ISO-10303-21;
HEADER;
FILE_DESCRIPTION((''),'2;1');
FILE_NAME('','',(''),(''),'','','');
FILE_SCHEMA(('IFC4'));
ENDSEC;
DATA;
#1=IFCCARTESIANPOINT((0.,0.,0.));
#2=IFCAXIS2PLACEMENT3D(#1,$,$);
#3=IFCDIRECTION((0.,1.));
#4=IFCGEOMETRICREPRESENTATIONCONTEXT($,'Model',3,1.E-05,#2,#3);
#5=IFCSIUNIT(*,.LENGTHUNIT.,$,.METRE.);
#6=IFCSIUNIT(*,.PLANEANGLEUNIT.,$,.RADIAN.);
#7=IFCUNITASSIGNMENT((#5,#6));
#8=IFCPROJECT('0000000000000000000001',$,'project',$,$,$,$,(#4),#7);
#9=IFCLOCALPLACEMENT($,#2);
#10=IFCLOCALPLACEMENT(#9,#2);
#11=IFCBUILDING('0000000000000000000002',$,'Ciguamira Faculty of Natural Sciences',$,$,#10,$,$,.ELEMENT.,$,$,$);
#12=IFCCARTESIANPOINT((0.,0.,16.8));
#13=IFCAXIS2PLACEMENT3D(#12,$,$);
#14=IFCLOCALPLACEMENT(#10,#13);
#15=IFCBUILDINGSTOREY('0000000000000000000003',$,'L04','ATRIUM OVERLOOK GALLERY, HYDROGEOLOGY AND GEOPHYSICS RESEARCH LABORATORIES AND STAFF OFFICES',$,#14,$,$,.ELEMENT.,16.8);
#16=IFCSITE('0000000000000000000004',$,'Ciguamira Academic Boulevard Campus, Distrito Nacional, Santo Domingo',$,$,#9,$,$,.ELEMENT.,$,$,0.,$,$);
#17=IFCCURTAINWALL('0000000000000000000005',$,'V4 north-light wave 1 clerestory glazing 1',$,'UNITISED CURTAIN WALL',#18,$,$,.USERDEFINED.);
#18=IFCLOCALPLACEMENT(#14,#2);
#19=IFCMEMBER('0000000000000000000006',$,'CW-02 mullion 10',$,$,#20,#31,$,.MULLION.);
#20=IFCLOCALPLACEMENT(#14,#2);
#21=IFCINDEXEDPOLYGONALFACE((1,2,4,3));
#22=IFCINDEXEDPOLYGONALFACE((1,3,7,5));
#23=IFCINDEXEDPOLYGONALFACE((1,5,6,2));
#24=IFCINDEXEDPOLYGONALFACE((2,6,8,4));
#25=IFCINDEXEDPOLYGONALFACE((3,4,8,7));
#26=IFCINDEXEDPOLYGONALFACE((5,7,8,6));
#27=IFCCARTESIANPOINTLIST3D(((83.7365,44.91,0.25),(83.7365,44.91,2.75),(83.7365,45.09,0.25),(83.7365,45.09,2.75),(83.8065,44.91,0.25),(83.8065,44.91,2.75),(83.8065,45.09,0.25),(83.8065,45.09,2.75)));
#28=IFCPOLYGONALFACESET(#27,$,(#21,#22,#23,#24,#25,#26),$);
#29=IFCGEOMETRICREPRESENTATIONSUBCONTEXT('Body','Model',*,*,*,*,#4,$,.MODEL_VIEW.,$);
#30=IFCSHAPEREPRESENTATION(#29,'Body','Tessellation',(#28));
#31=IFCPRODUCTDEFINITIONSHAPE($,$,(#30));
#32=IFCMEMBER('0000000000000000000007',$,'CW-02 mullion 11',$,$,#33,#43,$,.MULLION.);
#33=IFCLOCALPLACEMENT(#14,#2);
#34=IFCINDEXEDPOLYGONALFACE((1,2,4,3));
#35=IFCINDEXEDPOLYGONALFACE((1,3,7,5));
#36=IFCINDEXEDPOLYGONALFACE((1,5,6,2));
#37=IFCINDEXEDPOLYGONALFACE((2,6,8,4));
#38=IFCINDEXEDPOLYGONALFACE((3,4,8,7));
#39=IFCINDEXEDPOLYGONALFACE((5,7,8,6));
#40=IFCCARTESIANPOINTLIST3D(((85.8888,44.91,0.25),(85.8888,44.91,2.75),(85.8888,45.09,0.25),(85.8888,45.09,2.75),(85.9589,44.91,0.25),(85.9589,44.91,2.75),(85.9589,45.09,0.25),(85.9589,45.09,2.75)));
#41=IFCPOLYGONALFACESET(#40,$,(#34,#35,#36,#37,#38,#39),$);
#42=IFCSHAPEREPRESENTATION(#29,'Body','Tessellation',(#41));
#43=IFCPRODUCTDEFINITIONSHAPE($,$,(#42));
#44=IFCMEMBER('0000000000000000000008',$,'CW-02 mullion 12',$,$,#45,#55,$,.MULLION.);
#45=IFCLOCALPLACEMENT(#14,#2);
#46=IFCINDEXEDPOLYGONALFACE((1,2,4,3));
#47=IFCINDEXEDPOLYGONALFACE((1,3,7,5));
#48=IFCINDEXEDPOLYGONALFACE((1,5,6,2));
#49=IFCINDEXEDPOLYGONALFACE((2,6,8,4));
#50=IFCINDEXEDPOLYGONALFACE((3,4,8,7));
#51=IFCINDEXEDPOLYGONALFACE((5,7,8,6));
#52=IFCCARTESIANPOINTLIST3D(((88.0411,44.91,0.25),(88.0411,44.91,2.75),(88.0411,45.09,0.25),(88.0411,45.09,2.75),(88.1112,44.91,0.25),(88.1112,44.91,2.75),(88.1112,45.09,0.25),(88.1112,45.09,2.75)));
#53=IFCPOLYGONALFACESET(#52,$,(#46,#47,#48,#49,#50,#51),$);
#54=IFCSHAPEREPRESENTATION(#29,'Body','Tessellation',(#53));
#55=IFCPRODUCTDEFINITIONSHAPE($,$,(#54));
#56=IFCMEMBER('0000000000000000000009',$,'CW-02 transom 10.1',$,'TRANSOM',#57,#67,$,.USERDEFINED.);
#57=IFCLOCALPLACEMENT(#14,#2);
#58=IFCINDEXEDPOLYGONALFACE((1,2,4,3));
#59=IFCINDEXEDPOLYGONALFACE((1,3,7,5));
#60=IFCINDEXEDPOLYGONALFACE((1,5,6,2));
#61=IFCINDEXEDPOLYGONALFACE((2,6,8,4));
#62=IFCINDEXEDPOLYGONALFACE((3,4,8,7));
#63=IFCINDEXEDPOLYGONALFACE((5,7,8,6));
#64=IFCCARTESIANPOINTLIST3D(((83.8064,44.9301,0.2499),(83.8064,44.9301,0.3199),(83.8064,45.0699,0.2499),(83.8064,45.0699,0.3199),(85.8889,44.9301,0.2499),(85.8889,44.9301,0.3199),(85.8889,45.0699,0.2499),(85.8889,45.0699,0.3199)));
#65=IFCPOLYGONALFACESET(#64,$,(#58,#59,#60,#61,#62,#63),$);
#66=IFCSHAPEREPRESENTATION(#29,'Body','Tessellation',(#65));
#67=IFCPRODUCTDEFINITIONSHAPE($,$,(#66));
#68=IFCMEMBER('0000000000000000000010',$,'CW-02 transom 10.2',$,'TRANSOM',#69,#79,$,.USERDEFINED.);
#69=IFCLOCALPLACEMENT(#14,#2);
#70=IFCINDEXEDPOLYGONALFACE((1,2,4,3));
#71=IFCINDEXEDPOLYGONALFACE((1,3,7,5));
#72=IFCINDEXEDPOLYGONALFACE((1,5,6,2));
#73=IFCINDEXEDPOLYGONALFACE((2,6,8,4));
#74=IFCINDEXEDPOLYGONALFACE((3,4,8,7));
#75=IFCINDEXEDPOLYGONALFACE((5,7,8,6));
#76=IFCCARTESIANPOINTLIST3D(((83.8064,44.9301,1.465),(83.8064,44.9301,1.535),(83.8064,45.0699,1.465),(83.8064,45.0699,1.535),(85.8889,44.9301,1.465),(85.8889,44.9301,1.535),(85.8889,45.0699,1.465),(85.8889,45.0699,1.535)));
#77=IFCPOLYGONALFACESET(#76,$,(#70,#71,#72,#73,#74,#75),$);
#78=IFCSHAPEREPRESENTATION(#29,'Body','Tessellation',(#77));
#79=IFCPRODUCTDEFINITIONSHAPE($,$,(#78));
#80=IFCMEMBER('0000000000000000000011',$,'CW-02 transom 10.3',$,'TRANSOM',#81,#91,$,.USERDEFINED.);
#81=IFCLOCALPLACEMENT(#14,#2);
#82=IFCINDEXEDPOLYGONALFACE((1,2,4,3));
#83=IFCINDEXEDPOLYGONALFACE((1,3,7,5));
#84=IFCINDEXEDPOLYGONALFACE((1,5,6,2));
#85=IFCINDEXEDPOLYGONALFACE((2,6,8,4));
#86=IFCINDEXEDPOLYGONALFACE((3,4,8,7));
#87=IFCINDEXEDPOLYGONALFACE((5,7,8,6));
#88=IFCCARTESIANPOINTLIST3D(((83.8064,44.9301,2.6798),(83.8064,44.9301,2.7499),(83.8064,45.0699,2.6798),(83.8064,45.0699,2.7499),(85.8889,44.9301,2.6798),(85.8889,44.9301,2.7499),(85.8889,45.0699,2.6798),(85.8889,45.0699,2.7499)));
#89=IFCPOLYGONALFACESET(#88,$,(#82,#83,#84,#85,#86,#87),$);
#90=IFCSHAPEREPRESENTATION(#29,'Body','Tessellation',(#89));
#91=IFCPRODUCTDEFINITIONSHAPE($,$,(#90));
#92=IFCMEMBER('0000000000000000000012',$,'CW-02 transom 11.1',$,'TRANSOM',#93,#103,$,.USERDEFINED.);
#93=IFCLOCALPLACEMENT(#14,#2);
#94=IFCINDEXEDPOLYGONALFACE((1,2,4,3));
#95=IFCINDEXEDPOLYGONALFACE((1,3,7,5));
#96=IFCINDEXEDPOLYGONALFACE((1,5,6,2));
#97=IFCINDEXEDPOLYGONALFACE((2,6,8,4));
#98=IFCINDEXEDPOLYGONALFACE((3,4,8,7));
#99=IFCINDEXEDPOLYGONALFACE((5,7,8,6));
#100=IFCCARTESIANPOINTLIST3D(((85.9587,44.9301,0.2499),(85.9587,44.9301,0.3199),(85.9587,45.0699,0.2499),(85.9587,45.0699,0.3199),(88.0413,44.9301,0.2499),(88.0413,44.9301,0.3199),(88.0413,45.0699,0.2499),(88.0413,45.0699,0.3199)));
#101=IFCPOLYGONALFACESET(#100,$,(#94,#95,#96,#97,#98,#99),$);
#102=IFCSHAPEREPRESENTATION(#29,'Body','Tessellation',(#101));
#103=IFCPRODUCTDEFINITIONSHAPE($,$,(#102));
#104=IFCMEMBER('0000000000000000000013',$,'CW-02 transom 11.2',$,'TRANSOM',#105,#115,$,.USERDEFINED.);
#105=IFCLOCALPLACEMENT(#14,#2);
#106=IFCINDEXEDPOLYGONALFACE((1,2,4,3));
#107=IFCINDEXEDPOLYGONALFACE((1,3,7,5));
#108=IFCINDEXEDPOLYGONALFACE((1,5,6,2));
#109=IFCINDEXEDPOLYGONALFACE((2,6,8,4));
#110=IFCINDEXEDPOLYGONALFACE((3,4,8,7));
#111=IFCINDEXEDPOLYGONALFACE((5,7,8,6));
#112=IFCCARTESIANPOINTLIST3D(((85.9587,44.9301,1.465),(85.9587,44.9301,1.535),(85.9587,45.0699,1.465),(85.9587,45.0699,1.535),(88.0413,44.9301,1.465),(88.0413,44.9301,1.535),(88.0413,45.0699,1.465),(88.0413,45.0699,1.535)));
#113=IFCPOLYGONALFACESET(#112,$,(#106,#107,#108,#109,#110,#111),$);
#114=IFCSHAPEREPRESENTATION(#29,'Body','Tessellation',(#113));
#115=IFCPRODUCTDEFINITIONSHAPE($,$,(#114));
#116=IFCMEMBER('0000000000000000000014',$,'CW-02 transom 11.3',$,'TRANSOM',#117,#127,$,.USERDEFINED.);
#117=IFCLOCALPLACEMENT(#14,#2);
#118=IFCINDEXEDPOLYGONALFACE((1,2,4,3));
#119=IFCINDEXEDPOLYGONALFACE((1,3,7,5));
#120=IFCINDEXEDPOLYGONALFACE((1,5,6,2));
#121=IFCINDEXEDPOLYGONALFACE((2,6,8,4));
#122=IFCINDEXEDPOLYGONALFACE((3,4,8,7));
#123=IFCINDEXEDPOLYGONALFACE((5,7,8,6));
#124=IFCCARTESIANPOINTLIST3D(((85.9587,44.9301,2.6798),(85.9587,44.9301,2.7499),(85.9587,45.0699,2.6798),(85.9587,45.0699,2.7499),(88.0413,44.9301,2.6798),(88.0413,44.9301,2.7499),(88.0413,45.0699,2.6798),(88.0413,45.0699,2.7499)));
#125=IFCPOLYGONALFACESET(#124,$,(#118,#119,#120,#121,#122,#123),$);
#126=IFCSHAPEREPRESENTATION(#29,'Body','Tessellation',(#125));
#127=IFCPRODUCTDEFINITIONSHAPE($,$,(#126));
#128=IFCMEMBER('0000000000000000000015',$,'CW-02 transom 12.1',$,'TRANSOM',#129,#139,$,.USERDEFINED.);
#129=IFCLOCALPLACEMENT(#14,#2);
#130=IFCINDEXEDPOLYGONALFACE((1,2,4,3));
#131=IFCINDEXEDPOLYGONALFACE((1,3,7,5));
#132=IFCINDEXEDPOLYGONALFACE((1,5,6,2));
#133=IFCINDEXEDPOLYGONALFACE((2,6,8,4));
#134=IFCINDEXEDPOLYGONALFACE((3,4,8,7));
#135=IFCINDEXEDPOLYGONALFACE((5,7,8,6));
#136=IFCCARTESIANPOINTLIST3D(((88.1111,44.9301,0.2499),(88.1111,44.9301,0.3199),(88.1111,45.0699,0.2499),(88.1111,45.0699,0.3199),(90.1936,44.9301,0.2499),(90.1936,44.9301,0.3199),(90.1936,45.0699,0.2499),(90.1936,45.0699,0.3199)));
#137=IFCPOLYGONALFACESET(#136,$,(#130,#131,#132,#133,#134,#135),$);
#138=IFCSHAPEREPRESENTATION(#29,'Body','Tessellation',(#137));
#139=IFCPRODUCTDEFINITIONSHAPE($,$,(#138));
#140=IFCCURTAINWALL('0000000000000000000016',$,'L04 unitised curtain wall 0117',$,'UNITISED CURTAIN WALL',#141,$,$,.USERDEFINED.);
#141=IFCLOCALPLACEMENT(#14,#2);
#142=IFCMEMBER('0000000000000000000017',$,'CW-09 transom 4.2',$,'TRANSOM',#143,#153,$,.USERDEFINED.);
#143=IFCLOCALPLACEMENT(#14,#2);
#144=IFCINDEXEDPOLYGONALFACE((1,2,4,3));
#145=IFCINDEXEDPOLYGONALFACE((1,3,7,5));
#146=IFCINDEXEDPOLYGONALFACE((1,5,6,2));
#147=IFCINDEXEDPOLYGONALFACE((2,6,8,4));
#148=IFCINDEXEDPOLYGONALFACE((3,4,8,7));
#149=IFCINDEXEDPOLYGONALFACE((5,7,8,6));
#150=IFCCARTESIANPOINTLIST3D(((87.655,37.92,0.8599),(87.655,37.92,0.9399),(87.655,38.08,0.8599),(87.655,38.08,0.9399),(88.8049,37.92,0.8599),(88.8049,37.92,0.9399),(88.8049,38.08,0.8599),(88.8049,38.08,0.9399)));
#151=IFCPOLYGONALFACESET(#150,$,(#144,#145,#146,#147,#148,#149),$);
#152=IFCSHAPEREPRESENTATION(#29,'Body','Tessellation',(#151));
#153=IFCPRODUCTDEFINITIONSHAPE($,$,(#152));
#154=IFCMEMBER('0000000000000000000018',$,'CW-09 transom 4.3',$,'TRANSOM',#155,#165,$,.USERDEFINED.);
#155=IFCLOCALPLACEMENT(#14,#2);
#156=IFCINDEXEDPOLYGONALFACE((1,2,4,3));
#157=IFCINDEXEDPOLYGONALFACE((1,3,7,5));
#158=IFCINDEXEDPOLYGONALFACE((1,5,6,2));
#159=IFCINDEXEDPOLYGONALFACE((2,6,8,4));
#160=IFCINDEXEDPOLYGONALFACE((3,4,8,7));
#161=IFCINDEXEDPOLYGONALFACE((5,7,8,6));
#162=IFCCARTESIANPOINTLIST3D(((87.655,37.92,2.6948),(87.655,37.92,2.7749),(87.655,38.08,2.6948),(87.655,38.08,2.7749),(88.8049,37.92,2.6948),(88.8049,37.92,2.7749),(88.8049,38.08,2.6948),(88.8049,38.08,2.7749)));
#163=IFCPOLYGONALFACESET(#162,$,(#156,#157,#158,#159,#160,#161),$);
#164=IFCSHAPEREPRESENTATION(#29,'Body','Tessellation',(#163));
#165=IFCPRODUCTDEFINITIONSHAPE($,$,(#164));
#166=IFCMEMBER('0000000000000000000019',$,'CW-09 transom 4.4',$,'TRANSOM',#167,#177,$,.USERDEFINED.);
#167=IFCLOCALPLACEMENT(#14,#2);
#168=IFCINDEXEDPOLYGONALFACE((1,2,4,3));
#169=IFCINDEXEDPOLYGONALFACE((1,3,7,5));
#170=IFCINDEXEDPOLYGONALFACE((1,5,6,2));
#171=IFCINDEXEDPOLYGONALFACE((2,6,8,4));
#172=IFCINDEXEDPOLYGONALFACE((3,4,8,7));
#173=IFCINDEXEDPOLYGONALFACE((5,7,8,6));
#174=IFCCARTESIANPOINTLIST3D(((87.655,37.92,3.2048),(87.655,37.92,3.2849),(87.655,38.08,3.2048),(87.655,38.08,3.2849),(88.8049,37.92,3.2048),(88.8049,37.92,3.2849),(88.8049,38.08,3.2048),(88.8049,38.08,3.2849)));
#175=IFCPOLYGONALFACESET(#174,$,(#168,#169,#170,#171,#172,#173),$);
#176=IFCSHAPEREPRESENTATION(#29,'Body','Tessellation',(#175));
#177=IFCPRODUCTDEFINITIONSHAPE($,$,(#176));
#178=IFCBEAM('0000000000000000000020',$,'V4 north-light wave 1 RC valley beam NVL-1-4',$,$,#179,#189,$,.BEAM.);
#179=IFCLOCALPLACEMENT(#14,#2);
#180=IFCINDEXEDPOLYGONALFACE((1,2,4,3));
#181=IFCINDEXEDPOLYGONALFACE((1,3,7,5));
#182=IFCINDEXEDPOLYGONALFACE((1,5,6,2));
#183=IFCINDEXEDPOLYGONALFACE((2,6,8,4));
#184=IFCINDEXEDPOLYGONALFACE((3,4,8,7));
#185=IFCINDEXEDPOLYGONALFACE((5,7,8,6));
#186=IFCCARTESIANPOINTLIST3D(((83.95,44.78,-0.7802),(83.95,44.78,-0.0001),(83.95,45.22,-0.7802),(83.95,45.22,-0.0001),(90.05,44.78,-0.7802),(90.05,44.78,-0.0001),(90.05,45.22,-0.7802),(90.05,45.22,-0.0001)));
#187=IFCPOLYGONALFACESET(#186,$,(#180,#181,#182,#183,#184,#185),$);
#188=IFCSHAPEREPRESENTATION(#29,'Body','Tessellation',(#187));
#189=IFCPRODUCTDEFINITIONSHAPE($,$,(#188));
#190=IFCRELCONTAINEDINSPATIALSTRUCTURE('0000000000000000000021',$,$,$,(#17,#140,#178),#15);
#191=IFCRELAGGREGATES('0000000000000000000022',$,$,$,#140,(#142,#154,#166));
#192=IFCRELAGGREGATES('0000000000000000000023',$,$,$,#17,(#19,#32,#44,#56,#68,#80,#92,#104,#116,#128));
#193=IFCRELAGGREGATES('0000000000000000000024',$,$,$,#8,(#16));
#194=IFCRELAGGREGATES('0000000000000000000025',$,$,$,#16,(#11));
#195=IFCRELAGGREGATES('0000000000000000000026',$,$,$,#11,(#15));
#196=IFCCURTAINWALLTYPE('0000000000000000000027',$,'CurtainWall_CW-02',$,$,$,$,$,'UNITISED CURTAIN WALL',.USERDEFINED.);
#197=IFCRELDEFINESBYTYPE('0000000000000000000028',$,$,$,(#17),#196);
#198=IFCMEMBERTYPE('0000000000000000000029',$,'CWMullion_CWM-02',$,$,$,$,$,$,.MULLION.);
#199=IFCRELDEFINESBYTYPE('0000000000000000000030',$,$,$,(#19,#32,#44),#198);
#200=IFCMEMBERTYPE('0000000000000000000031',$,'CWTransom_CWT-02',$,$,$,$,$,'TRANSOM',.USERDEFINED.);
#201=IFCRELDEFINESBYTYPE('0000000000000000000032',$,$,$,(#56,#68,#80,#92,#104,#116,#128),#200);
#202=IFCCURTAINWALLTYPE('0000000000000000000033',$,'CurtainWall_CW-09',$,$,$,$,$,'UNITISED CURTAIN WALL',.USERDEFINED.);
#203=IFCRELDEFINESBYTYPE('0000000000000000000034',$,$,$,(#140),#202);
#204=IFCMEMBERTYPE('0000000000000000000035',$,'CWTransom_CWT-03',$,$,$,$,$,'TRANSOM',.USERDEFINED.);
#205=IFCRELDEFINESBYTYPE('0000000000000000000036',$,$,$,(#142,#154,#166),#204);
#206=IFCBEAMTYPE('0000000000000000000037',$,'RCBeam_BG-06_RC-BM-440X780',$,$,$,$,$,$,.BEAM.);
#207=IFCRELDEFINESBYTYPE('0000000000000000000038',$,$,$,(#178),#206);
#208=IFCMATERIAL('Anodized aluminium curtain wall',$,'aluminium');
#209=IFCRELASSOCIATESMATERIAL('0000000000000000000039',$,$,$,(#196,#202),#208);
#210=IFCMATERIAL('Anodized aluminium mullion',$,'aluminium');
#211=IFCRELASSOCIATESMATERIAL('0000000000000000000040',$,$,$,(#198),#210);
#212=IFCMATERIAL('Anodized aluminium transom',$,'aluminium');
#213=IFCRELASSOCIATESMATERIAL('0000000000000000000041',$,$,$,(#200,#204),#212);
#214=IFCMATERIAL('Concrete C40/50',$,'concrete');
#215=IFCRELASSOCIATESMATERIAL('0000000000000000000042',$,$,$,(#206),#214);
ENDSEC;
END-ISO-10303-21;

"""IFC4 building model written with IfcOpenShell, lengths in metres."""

from ifc_helpers import new_model, si_unit, direction, frame, origin, origin_2d, place, context, subcontext, project, spatial, rectangle, extrude, material, material_profile, profile_set, type_object, element, aggregate, save


model = new_model("IFC4")

# Units and contexts
model_context = context("Model", 3, precision=1e-05, world=origin(), true_north=direction((0.0, 1.0)))
body_context = subcontext(model_context, "Body", "Model", "MODEL_VIEW")
ifc_project = project(units=[si_unit("LENGTHUNIT", "METRE"), si_unit("PLANEANGLEUNIT", "RADIAN")], contexts=[model_context])

# Site, building, storey
site_placement = place(None, origin())
site = spatial("IfcSite", under=ifc_project, at=site_placement, Name="Ciguamira Academic Boulevard Campus, Distrito Nacional, Santo Domingo", CompositionType="ELEMENT", RefElevation=0.0)
building_placement = place(site_placement, origin())
building = spatial("IfcBuilding", under=site, at=building_placement, Name="Ciguamira Faculty of Natural Sciences", CompositionType="ELEMENT")
storey_placement = place(building_placement, frame((0.0, 0.0, 16.8)))
storey = spatial("IfcBuildingStorey", under=building, at=storey_placement, Name="L04", Description="ATRIUM OVERLOOK GALLERY, HYDROGEOLOGY AND GEOPHYSICS RESEARCH LABORATORIES AND STAFF OFFICES", CompositionType="ELEMENT", Elevation=16.8)

# Curtain walls, members
ifc_material_1 = material(Name="Anodized aluminium curtain wall", Category="aluminium")
curtain_wall_type_1 = type_object("IfcCurtainWallType", Name="CurtainWall_CW-02", ElementType="UNITISED CURTAIN WALL", PredefinedType="USERDEFINED", material=ifc_material_1)
curtain_wall_1_placement = place(storey_placement, origin())
curtain_wall_1 = element("IfcCurtainWall", 1, at=curtain_wall_1_placement, inside=storey, type_object=curtain_wall_type_1, Name="V4 north-light wave 1 clerestory glazing 1", ObjectType="UNITISED CURTAIN WALL", PredefinedType="USERDEFINED")
ifc_material_2 = material(Name="Anodized aluminium mullion", Category="aluminium")
ifc_material_profile_1 = material_profile(ifc_material_2, rectangle(XDim=0.0701, YDim=0.1799, at=origin_2d()), Name="ALU-MUL-70X180")
ifc_profile_set_1 = profile_set([ifc_material_profile_1], Name="Anodized aluminium mullion")
member_type_1 = type_object("IfcMemberType", Name="CWMullion_CWM-02", PredefinedType="MULLION", material=ifc_profile_set_1)
member_1_placement = place(storey_placement, frame((83.7715, 45.0, 0.25), z_axis=(0.0, 0.0, 1.0), x_axis=(1.0, 0.0, 0.0)))
member_1 = element("IfcMember", 2, at=member_1_placement, type_object=member_type_1, Name="CW-02 mullion 10", PredefinedType="MULLION", context=body_context, shape_type="SweptSolid", body=[
    extrude(rectangle(XDim=0.0701, YDim=0.1799, at=origin_2d()), origin(), (0.0, 0.0, 1.0), 2.5),
])
member_2_placement = place(storey_placement, frame((85.9238, 45.0, 0.25), z_axis=(0.0, 0.0, 1.0), x_axis=(1.0, 0.0, 0.0)))
member_2 = element("IfcMember", 3, at=member_2_placement, type_object=member_type_1, Name="CW-02 mullion 11", PredefinedType="MULLION", context=body_context, shape_type="SweptSolid", body=[
    extrude(rectangle(XDim=0.0701, YDim=0.1799, at=origin_2d()), origin(), (0.0, 0.0, 1.0), 2.5),
])
member_3_placement = place(storey_placement, frame((88.0762, 45.0, 0.25), z_axis=(0.0, 0.0, 1.0), x_axis=(1.0, 0.0, 0.0)))
member_3 = element("IfcMember", 4, at=member_3_placement, type_object=member_type_1, Name="CW-02 mullion 12", PredefinedType="MULLION", context=body_context, shape_type="SweptSolid", body=[
    extrude(rectangle(XDim=0.0701, YDim=0.1799, at=origin_2d()), origin(), (0.0, 0.0, 1.0), 2.5),
])
ifc_material_3 = material(Name="Anodized aluminium transom", Category="aluminium")
ifc_material_profile_2 = material_profile(ifc_material_3, rectangle(XDim=0.0701, YDim=0.1399, at=origin_2d()), Name="ALU-TRN-70X140")
ifc_profile_set_2 = profile_set([ifc_material_profile_2], Name="Anodized aluminium transom")
member_type_2 = type_object("IfcMemberType", Name="CWTransom_CWT-02", ElementType="TRANSOM", PredefinedType="USERDEFINED", material=ifc_profile_set_2)
member_4_placement = place(storey_placement, frame((83.8064, 45.0, 0.2849), z_axis=(1.0, 0.0, 0.0), x_axis=(0.0, 0.0, 1.0)))
member_4 = element("IfcMember", 5, at=member_4_placement, type_object=member_type_2, Name="CW-02 transom 10.1", ObjectType="TRANSOM", PredefinedType="USERDEFINED", context=body_context, shape_type="SweptSolid", body=[
    extrude(rectangle(XDim=0.0701, YDim=0.1399, at=origin_2d()), origin(), (0.0, 0.0, 1.0), 2.0825),
])
member_5_placement = place(storey_placement, frame((83.8064, 45.0, 1.5), z_axis=(1.0, 0.0, 0.0), x_axis=(0.0, 0.0, 1.0)))
member_5 = element("IfcMember", 6, at=member_5_placement, type_object=member_type_2, Name="CW-02 transom 10.2", ObjectType="TRANSOM", PredefinedType="USERDEFINED", context=body_context, shape_type="SweptSolid", body=[
    extrude(rectangle(XDim=0.0701, YDim=0.1399, at=origin_2d()), origin(), (0.0, 0.0, 1.0), 2.0825),
])
member_6_placement = place(storey_placement, frame((83.8064, 45.0, 2.7148), z_axis=(1.0, 0.0, 0.0), x_axis=(0.0, 0.0, 1.0)))
member_6 = element("IfcMember", 7, at=member_6_placement, type_object=member_type_2, Name="CW-02 transom 10.3", ObjectType="TRANSOM", PredefinedType="USERDEFINED", context=body_context, shape_type="SweptSolid", body=[
    extrude(rectangle(XDim=0.0701, YDim=0.1399, at=origin_2d()), origin(), (0.0, 0.0, 1.0), 2.0825),
])
member_7_placement = place(storey_placement, frame((85.9587, 45.0, 0.2849), z_axis=(1.0, 0.0, 0.0), x_axis=(0.0, 0.0, 1.0)))
member_7 = element("IfcMember", 8, at=member_7_placement, type_object=member_type_2, Name="CW-02 transom 11.1", ObjectType="TRANSOM", PredefinedType="USERDEFINED", context=body_context, shape_type="SweptSolid", body=[
    extrude(rectangle(XDim=0.0701, YDim=0.1399, at=origin_2d()), origin(), (0.0, 0.0, 1.0), 2.0825),
])
member_8_placement = place(storey_placement, frame((85.9587, 45.0, 1.5), z_axis=(1.0, 0.0, 0.0), x_axis=(0.0, 0.0, 1.0)))
member_8 = element("IfcMember", 9, at=member_8_placement, type_object=member_type_2, Name="CW-02 transom 11.2", ObjectType="TRANSOM", PredefinedType="USERDEFINED", context=body_context, shape_type="SweptSolid", body=[
    extrude(rectangle(XDim=0.0701, YDim=0.1399, at=origin_2d()), origin(), (0.0, 0.0, 1.0), 2.0825),
])
member_9_placement = place(storey_placement, frame((85.9587, 45.0, 2.7148), z_axis=(1.0, 0.0, 0.0), x_axis=(0.0, 0.0, 1.0)))
member_9 = element("IfcMember", 10, at=member_9_placement, type_object=member_type_2, Name="CW-02 transom 11.3", ObjectType="TRANSOM", PredefinedType="USERDEFINED", context=body_context, shape_type="SweptSolid", body=[
    extrude(rectangle(XDim=0.0701, YDim=0.1399, at=origin_2d()), origin(), (0.0, 0.0, 1.0), 2.0825),
])
member_10_placement = place(storey_placement, frame((88.1111, 45.0, 0.2849), z_axis=(1.0, 0.0, 0.0), x_axis=(0.0, 0.0, 1.0)))
member_10 = element("IfcMember", 11, at=member_10_placement, type_object=member_type_2, Name="CW-02 transom 12.1", ObjectType="TRANSOM", PredefinedType="USERDEFINED", context=body_context, shape_type="SweptSolid", body=[
    extrude(rectangle(XDim=0.0701, YDim=0.1399, at=origin_2d()), origin(), (0.0, 0.0, 1.0), 2.0825),
])
curtain_wall_type_2 = type_object("IfcCurtainWallType", Name="CurtainWall_CW-09", ElementType="UNITISED CURTAIN WALL", PredefinedType="USERDEFINED", material=ifc_material_1)
curtain_wall_2_placement = place(storey_placement, origin())
curtain_wall_2 = element("IfcCurtainWall", 12, at=curtain_wall_2_placement, inside=storey, type_object=curtain_wall_type_2, Name="L04 unitised curtain wall 0117", ObjectType="UNITISED CURTAIN WALL", PredefinedType="USERDEFINED")
ifc_material_profile_3 = material_profile(ifc_material_3, rectangle(XDim=0.0801, YDim=0.1599, at=origin_2d()), Name="ALU-TRN-80X160")
ifc_profile_set_3 = profile_set([ifc_material_profile_3], Name="Anodized aluminium transom")
member_type_3 = type_object("IfcMemberType", Name="CWTransom_CWT-03", ElementType="TRANSOM", PredefinedType="USERDEFINED", material=ifc_profile_set_3)
member_11_placement = place(storey_placement, frame((87.655, 38.0, 0.8999), z_axis=(1.0, 0.0, 0.0), x_axis=(0.0, 0.0, 1.0)))
member_11 = element("IfcMember", 13, at=member_11_placement, type_object=member_type_3, Name="CW-09 transom 4.2", ObjectType="TRANSOM", PredefinedType="USERDEFINED", context=body_context, shape_type="SweptSolid", body=[
    extrude(rectangle(XDim=0.0801, YDim=0.1599, at=origin_2d()), origin(), (0.0, 0.0, 1.0), 1.1499),
])
member_12_placement = place(storey_placement, frame((87.655, 38.0, 2.7349), z_axis=(1.0, 0.0, 0.0), x_axis=(0.0, 0.0, 1.0)))
member_12 = element("IfcMember", 14, at=member_12_placement, type_object=member_type_3, Name="CW-09 transom 4.3", ObjectType="TRANSOM", PredefinedType="USERDEFINED", context=body_context, shape_type="SweptSolid", body=[
    extrude(rectangle(XDim=0.0801, YDim=0.1599, at=origin_2d()), origin(), (0.0, 0.0, 1.0), 1.1499),
])
member_13_placement = place(storey_placement, frame((87.655, 38.0, 3.2449), z_axis=(1.0, 0.0, 0.0), x_axis=(0.0, 0.0, 1.0)))
member_13 = element("IfcMember", 15, at=member_13_placement, type_object=member_type_3, Name="CW-09 transom 4.4", ObjectType="TRANSOM", PredefinedType="USERDEFINED", context=body_context, shape_type="SweptSolid", body=[
    extrude(rectangle(XDim=0.0801, YDim=0.1599, at=origin_2d()), origin(), (0.0, 0.0, 1.0), 1.1499),
])
aggregate(curtain_wall_2, [member_11, member_12, member_13])

# Beam
ifc_material_4 = material(Name="Concrete C40/50", Category="concrete")
ifc_material_profile_4 = material_profile(ifc_material_4, rectangle(XDim=0.4399, YDim=0.78, at=origin_2d()), Name="RC-BM-440X780")
ifc_profile_set_4 = profile_set([ifc_material_profile_4], Name="Concrete C40/50")
beam_type = type_object("IfcBeamType", Name="RCBeam_BG-06_RC-BM-440X780", PredefinedType="BEAM", material=ifc_profile_set_4)
beam_placement = place(storey_placement, frame((83.95, 45.0, -0.3901), z_axis=(1.0, 0.0, 0.0), x_axis=(0.0, 1.0, 0.0)))
element("IfcBeam", 16, at=beam_placement, inside=storey, type_object=beam_type, Name="V4 north-light wave 1 RC valley beam NVL-1-4", PredefinedType="BEAM", context=body_context, shape_type="SweptSolid", body=[
    extrude(rectangle(XDim=0.4399, YDim=0.78, at=origin_2d()), origin(), (0.0, 0.0, 1.0), 6.1001),
])

aggregate(curtain_wall_1, [member_1, member_2, member_3, member_4, member_5, member_6, member_7, member_8, member_9, member_10])

save(model, "model.ifc")
